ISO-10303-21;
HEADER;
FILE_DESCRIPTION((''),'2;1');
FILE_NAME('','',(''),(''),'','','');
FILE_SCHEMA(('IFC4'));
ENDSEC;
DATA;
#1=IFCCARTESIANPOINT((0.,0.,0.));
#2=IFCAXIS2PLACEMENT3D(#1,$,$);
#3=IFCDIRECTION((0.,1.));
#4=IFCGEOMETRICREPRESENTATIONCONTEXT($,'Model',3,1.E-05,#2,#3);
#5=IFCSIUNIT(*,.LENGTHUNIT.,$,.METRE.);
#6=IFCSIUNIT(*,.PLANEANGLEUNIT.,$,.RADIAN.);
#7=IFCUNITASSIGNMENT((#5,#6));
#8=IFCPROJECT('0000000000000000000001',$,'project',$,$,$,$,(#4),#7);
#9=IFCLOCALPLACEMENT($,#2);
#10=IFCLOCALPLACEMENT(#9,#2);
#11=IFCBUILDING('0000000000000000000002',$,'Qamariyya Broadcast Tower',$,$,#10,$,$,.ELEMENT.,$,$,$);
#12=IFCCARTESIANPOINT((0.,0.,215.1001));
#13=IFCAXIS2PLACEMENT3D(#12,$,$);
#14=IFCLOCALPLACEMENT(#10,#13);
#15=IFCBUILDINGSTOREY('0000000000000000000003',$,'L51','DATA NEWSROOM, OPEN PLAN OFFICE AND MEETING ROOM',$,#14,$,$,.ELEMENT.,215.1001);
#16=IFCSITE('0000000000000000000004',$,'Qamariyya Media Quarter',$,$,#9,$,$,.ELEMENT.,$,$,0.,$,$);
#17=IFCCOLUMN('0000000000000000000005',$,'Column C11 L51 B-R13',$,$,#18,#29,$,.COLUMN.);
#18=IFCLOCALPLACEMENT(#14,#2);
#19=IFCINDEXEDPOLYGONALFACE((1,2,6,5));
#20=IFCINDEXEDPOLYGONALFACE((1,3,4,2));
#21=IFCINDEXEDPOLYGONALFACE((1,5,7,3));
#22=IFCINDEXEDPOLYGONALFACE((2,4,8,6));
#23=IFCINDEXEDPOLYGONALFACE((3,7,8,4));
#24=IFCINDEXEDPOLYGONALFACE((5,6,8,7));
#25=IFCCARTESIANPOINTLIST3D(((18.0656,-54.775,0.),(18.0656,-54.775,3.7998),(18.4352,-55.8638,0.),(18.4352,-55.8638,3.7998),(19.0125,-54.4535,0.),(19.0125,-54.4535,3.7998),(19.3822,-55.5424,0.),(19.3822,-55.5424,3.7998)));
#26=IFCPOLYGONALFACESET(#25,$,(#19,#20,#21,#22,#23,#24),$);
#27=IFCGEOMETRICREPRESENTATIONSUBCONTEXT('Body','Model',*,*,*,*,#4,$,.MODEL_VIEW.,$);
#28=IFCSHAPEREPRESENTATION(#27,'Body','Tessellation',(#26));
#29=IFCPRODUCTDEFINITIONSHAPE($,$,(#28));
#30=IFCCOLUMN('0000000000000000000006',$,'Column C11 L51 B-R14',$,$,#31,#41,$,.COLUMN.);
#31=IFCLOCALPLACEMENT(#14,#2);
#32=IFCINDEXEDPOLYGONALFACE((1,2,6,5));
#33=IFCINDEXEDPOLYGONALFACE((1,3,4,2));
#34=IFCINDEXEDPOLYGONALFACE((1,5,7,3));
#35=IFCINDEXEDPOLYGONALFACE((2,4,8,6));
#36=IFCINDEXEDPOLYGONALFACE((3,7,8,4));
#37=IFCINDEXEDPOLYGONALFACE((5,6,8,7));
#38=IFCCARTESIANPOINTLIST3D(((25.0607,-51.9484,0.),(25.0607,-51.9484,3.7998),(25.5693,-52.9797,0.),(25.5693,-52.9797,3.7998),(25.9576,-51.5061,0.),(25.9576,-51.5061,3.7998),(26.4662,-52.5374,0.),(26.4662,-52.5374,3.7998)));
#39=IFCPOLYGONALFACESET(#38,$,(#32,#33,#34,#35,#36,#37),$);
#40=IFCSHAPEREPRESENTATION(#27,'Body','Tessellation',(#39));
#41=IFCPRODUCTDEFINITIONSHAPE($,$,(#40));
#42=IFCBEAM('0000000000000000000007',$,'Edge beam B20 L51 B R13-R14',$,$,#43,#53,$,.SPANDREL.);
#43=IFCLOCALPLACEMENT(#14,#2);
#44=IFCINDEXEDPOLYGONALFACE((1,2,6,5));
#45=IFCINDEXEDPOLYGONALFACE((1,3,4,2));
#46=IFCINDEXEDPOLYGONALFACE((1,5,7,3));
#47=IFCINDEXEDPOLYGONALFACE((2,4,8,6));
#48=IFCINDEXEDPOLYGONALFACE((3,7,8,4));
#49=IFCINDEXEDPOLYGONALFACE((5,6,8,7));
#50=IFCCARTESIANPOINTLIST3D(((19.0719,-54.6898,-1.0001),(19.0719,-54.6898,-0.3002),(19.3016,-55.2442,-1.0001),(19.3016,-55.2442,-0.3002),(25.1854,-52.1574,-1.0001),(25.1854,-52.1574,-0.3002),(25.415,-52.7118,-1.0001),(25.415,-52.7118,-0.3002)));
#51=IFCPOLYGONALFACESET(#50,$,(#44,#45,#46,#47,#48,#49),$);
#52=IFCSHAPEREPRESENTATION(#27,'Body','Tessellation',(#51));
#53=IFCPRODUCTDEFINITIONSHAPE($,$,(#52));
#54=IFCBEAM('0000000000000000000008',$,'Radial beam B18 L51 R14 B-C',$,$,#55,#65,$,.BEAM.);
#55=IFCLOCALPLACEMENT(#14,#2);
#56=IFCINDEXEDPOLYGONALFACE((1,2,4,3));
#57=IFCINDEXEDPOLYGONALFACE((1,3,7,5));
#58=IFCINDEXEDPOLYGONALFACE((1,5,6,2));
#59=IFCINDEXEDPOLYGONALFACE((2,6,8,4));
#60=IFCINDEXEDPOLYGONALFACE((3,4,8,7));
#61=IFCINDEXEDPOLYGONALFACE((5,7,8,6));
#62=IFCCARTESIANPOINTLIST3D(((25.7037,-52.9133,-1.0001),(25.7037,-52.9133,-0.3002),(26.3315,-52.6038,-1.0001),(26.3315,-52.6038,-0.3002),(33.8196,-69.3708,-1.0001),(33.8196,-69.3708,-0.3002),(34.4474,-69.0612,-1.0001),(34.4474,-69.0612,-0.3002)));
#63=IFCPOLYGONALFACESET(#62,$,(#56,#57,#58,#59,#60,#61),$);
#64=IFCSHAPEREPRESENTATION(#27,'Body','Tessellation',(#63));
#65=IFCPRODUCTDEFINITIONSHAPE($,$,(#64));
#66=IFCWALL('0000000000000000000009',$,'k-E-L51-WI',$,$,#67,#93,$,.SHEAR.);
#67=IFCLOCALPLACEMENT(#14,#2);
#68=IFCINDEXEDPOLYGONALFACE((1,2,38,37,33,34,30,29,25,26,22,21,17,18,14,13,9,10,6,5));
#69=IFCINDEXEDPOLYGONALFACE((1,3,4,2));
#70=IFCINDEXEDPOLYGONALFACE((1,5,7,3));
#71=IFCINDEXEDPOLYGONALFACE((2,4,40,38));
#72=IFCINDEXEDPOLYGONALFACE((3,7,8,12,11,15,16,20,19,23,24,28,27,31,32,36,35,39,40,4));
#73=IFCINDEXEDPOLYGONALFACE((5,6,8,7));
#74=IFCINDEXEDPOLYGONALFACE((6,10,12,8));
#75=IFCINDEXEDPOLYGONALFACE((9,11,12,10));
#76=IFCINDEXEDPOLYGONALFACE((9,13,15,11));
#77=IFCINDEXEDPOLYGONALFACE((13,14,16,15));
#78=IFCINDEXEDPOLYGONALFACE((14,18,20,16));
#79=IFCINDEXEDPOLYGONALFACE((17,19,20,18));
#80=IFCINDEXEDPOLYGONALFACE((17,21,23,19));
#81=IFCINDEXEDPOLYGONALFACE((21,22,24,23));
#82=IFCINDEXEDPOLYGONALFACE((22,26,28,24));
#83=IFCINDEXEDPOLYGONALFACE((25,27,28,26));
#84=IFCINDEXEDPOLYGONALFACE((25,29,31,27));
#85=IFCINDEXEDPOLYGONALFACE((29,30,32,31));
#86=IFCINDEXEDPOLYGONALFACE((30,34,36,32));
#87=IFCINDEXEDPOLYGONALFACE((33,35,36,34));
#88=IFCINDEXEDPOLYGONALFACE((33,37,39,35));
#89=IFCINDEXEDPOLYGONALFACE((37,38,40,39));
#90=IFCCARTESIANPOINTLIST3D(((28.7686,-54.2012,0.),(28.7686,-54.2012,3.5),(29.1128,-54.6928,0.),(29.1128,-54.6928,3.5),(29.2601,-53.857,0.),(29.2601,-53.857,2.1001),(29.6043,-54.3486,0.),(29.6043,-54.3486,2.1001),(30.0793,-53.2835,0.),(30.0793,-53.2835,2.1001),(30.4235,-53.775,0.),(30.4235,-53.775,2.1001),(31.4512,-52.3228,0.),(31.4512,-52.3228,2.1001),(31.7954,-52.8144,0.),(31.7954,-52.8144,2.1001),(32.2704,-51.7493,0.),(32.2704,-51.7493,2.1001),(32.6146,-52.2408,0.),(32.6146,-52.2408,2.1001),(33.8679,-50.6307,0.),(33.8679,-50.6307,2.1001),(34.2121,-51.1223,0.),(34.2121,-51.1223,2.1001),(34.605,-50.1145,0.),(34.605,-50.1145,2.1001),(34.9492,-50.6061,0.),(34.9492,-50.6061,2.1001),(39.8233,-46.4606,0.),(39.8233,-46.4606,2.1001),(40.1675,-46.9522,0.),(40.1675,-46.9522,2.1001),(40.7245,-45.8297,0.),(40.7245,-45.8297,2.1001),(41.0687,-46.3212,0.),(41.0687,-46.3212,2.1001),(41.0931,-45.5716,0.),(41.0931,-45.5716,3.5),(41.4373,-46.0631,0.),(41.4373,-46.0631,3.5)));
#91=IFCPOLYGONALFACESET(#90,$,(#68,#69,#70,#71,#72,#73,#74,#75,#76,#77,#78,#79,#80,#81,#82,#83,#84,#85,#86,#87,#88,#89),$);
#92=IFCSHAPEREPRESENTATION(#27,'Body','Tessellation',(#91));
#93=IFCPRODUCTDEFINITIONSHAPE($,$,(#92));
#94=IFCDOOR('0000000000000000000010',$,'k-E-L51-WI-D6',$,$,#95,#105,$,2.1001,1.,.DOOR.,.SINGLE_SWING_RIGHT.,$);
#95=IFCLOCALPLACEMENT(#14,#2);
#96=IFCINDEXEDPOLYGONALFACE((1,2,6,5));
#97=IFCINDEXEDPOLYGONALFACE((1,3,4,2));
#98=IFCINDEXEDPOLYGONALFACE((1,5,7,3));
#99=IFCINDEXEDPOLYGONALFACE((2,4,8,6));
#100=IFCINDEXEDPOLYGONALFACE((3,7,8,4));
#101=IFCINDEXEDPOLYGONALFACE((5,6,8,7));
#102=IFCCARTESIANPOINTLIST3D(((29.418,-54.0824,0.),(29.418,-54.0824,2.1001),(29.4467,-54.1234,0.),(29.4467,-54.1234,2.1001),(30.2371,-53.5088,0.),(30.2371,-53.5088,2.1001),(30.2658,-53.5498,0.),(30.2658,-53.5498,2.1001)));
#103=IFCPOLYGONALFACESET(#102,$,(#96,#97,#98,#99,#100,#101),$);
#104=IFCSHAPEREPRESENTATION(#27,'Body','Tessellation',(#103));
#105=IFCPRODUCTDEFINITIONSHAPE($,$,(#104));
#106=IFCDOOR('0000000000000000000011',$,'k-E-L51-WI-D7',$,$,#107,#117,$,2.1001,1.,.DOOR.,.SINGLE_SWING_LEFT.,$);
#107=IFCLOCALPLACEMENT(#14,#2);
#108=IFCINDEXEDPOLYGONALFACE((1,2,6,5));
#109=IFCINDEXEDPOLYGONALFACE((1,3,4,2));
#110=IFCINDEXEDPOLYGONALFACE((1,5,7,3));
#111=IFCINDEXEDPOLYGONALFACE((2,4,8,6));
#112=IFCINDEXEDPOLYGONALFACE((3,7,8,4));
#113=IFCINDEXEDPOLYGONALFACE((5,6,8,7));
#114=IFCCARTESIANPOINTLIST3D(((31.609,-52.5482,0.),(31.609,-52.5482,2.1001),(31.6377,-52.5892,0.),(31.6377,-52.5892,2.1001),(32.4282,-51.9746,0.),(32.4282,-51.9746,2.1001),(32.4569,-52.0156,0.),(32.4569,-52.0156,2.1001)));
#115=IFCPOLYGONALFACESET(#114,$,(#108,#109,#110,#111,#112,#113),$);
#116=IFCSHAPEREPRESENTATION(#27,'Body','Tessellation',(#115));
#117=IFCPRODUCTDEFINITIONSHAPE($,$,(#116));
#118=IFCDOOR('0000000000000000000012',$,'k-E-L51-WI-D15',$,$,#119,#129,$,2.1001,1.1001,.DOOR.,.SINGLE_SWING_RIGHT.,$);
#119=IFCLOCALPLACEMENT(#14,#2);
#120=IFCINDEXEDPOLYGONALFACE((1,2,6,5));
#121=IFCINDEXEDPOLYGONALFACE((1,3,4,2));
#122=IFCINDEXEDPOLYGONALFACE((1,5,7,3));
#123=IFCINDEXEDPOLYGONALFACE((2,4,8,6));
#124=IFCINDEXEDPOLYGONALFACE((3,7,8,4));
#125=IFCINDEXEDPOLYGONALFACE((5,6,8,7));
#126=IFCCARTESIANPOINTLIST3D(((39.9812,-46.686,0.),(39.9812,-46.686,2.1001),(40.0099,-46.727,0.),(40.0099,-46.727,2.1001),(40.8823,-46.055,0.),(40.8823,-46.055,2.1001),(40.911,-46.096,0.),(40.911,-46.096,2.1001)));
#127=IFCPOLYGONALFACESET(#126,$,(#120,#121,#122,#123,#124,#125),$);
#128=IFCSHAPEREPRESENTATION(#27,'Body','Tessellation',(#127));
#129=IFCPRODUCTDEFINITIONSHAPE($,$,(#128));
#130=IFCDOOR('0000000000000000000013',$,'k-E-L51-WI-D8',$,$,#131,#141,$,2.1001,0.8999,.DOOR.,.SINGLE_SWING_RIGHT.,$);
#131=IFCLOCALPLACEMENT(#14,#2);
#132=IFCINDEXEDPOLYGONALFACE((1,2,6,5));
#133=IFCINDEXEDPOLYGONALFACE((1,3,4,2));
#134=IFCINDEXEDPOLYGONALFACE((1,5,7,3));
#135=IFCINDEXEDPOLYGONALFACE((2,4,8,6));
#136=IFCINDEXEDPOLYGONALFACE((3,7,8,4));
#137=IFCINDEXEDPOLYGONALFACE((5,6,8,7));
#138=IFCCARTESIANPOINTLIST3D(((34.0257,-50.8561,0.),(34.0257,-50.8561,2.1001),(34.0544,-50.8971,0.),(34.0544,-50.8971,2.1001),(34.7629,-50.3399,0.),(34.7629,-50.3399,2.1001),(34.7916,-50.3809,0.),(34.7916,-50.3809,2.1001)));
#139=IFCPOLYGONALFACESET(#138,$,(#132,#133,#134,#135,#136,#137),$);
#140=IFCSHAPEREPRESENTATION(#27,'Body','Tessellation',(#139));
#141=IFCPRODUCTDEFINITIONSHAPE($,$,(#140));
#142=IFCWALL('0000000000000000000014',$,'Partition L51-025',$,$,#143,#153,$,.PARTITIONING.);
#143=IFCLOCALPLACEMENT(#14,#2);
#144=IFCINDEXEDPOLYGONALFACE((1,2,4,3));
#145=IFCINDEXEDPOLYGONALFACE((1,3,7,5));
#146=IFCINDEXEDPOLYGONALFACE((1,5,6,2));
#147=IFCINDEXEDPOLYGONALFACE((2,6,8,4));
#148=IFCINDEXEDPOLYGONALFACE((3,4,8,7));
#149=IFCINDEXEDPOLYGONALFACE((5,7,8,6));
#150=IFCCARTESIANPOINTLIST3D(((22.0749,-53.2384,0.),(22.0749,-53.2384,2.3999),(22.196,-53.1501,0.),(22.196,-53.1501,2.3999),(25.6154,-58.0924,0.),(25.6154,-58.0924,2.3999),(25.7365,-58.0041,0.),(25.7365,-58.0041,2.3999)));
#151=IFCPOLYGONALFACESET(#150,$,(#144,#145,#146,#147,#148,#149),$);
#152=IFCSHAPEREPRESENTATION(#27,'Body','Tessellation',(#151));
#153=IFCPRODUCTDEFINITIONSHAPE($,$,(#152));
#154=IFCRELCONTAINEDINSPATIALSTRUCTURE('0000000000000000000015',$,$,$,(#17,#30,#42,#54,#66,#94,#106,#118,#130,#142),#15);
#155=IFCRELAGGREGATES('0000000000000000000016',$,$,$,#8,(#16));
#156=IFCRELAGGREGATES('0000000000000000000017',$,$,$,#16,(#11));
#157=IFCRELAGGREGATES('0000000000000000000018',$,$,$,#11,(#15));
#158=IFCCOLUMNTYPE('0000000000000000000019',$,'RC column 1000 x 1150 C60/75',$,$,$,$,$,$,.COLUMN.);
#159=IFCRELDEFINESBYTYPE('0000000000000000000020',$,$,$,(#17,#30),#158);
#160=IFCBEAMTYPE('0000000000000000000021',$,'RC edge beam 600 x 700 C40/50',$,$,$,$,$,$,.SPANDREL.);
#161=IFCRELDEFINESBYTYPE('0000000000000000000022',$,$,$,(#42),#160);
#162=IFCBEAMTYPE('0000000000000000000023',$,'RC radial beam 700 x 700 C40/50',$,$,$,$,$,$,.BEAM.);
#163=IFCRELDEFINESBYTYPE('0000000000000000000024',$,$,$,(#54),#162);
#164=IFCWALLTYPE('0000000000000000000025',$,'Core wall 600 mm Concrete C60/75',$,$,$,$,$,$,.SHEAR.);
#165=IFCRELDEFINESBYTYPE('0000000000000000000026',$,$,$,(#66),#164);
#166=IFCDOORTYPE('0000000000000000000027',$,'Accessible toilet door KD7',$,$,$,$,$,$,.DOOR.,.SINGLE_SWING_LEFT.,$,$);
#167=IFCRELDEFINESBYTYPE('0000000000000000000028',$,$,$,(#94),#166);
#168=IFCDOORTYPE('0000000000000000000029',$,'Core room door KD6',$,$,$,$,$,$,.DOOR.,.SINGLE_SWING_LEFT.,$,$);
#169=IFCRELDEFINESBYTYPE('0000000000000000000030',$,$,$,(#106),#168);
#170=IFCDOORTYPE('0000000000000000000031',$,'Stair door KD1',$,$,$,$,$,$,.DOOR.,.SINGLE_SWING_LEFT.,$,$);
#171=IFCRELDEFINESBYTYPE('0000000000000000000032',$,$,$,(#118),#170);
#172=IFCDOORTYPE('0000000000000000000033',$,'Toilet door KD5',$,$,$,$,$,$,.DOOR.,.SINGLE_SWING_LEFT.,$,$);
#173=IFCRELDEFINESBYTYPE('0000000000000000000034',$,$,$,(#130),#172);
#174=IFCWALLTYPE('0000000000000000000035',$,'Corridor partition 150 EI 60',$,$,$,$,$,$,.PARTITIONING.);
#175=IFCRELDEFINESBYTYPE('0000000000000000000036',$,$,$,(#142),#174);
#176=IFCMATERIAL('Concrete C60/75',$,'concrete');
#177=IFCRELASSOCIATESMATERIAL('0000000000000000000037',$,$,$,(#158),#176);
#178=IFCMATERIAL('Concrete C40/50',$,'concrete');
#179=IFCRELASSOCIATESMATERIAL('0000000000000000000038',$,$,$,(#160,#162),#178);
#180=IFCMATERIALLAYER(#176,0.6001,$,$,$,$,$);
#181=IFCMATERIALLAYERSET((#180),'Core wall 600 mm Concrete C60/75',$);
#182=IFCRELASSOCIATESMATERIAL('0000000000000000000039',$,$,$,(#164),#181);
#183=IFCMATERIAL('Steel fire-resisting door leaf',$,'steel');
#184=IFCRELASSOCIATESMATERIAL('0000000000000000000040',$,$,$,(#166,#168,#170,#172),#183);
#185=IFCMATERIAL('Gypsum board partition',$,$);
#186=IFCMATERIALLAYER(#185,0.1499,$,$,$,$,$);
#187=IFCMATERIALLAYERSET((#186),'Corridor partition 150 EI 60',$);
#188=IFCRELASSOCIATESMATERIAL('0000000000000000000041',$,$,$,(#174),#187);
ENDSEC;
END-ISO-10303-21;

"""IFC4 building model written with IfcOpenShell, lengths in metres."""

from ifc_helpers import new_model, si_unit, direction, frame, frame_2d, origin, origin_2d, place, context, subcontext, project, spatial, rectangle, extrude, material, layer, layer_set, material_profile, profile_set, type_object, element, fill, save


model = new_model("IFC4")

# Units and contexts
model_context = context("Model", 3, precision=1e-05, world=origin(), true_north=direction((0.0, 1.0)))
body_context = subcontext(model_context, "Body", "Model", "MODEL_VIEW")
ifc_project = project(units=[si_unit("LENGTHUNIT", "METRE"), si_unit("PLANEANGLEUNIT", "RADIAN")], contexts=[model_context])

# Site, building, storey
site_placement = place(None, origin())
site = spatial("IfcSite", under=ifc_project, at=site_placement, Name="Qamariyya Media Quarter", CompositionType="ELEMENT", RefElevation=0.0)
building_placement = place(site_placement, origin())
building = spatial("IfcBuilding", under=site, at=building_placement, Name="Qamariyya Broadcast Tower", CompositionType="ELEMENT")
storey_placement = place(building_placement, frame((0.0, 0.0, 215.1001)))
storey = spatial("IfcBuildingStorey", under=building, at=storey_placement, Name="L51", Description="DATA NEWSROOM, OPEN PLAN OFFICE AND MEETING ROOM", CompositionType="ELEMENT", Elevation=215.1001)

# Columns
ifc_material_1 = material(Name="Concrete C60/75", Category="concrete")
ifc_material_profile_1 = material_profile(ifc_material_1, rectangle(XDim=1.0, YDim=1.1499, at=origin_2d()))
ifc_profile_set_1 = profile_set([ifc_material_profile_1], Name="Concrete C60/75")
column_type = type_object("IfcColumnType", Name="RC column 1000 x 1150 C60/75", PredefinedType="COLUMN", material=ifc_profile_set_1)
for number, where, z_axis, x_axis, name in (
    (1, (18.7239, -55.1587, 0.0), (0.0, 0.0, 1.0), (0.94693, 0.321439, 0.0), "Column C11 L51 B-R13"),
    (2, (25.7634, -52.2429, 0.0), (0.0, 0.0, 1.0), (0.896873, 0.442289, 0.0), "Column C11 L51 B-R14"),
):
    element("IfcColumn", number, at=place(storey_placement, frame(where, z_axis=z_axis, x_axis=x_axis)), inside=storey, type_object=column_type, Name=name, PredefinedType="COLUMN", context=body_context, shape_type="SweptSolid", body=[
        extrude(rectangle(XDim=1.0, YDim=1.1499, at=origin_2d()), origin(), (0.0, 0.0, 1.0), 3.7998),
    ])

# Beams
ifc_material_2 = material(Name="Concrete C40/50", Category="concrete")
ifc_material_profile_2 = material_profile(ifc_material_2, rectangle(XDim=0.6001, YDim=0.7, at=origin_2d()))
ifc_profile_set_2 = profile_set([ifc_material_profile_2], Name="Concrete C40/50")
beam_type_1 = type_object("IfcBeamType", Name="RC edge beam 600 x 700 C40/50", PredefinedType="SPANDREL", material=ifc_profile_set_2)
beam_1_placement = place(storey_placement, frame((19.1868, -54.967, -0.6501), z_axis=(0.923871, 0.382705, 0.0), x_axis=(-0.382705, 0.923871, 0.0)))
element("IfcBeam", 3, at=beam_1_placement, inside=storey, type_object=beam_type_1, Name="Edge beam B20 L51 B R13-R14", PredefinedType="SPANDREL", context=body_context, shape_type="SweptSolid", body=[
    extrude(rectangle(XDim=0.6001, YDim=0.7, at=origin_2d()), origin(), (0.0, 0.0, 1.0), 6.6172),
])
ifc_material_profile_3 = material_profile(ifc_material_2, rectangle(XDim=0.7, YDim=0.7, at=origin_2d()))
ifc_profile_set_3 = profile_set([ifc_material_profile_3], Name="Concrete C40/50")
beam_type_2 = type_object("IfcBeamType", Name="RC radial beam 700 x 700 C40/50", PredefinedType="BEAM", material=ifc_profile_set_3)
beam_2_placement = place(storey_placement, frame((26.0176, -52.7585, -0.6501), z_axis=(0.442289, -0.896872, 0.0), x_axis=(0.896872, 0.442289, 0.0)))
element("IfcBeam", 4, at=beam_2_placement, inside=storey, type_object=beam_type_2, Name="Radial beam B18 L51 R14 B-C", PredefinedType="BEAM", context=body_context, shape_type="SweptSolid", body=[
    extrude(rectangle(XDim=0.7, YDim=0.7, at=origin_2d()), origin(), (0.0, 0.0, 1.0), 18.3499),
])

# Wall, openings, doors
ifc_layer_1 = layer(ifc_material_1, 0.6001)
ifc_layer_set_1 = layer_set([ifc_layer_1], Name="Core wall 600 mm Concrete C60/75")
wall_type_1 = type_object("IfcWallType", Name="Core wall 600 mm Concrete C60/75", PredefinedType="SHEAR", material=ifc_layer_set_1)
wall_1_placement = place(storey_placement, frame((28.9407, -54.447, 0.0), z_axis=(0.0, 0.0, 1.0), x_axis=(0.819153, 0.573575, 0.0)))
wall_1 = element("IfcWall", 5, at=wall_1_placement, inside=storey, type_object=wall_type_1, Name="k-E-L51-WI", PredefinedType="SHEAR", context=body_context, shape_type="SweptSolid", body=[
    extrude(rectangle(XDim=15.0454, YDim=0.6001, at=frame_2d((7.5227, 0.0))), origin(), (0.0, 0.0, 1.0), 3.5),
])
opening_1_placement = place(wall_1_placement, frame((0.6001, 0.0, 0.0)))
opening_1 = element("IfcOpeningElement", 6, at=opening_1_placement, cuts=wall_1, PredefinedType="OPENING", context=body_context, shape_type="SweptSolid", body=[
    extrude(rectangle(XDim=1.0, YDim=2.1001, at=frame_2d((0.5, 1.05))), frame((0.0, 0.3101, 0.0), z_axis=(0.0, -1.0, 0.0), x_axis=(1.0, 0.0, 0.0)), (0.0, 0.0, 1.0), 0.6201),
])
opening_2_placement = place(wall_1_placement, frame((3.2749, 0.0, 0.0)))
opening_2 = element("IfcOpeningElement", 7, at=opening_2_placement, cuts=wall_1, PredefinedType="OPENING", context=body_context, shape_type="SweptSolid", body=[
    extrude(rectangle(XDim=1.0, YDim=2.1001, at=frame_2d((0.5, 1.05))), frame((0.0, 0.3101, 0.0), z_axis=(0.0, -1.0, 0.0), x_axis=(1.0, 0.0, 0.0)), (0.0, 0.0, 1.0), 0.6201),
])
opening_3_placement = place(wall_1_placement, frame((6.2251, 0.0, 0.0)))
opening_3 = element("IfcOpeningElement", 8, at=opening_3_placement, cuts=wall_1, PredefinedType="OPENING", context=body_context, shape_type="SweptSolid", body=[
    extrude(rectangle(XDim=0.8999, YDim=2.1001, at=frame_2d((0.45, 1.05))), frame((0.0, 0.3101, 0.0), z_axis=(0.0, -1.0, 0.0), x_axis=(1.0, 0.0, 0.0)), (0.0, 0.0, 1.0), 0.6201),
])
opening_4_placement = place(wall_1_placement, frame((13.4954, 0.0, 0.0)))
opening_4 = element("IfcOpeningElement", 9, at=opening_4_placement, cuts=wall_1, PredefinedType="OPENING", context=body_context, shape_type="SweptSolid", body=[
    extrude(rectangle(XDim=1.1001, YDim=2.1001, at=frame_2d((0.55, 1.05))), frame((0.0, 0.3101, 0.0), z_axis=(0.0, -1.0, 0.0), x_axis=(1.0, 0.0, 0.0)), (0.0, 0.0, 1.0), 0.6201),
])
ifc_material_3 = material(Name="Steel fire-resisting door leaf", Category="steel")
door_type_1 = type_object("IfcDoorType", Name="Accessible toilet door KD7", OperationType="SINGLE_SWING_LEFT", PredefinedType="DOOR", material=ifc_material_3)
door_1_placement = place(opening_1_placement, origin())
door_1 = element("IfcDoor", 10, at=door_1_placement, inside=storey, type_object=door_type_1, Name="k-E-L51-WI-D6", OperationType="SINGLE_SWING_RIGHT", OverallHeight=2.1001, OverallWidth=1.0, PredefinedType="DOOR", context=body_context, shape_type="SweptSolid", body=[
    extrude(rectangle(XDim=1.0, YDim=2.1001, at=frame_2d((0.5, 1.05))), frame((0.0, 0.0249, 0.0), z_axis=(0.0, -1.0, 0.0), x_axis=(1.0, 0.0, 0.0)), (0.0, 0.0, 1.0), 0.05),
])
fill(opening_1, door_1)
door_type_2 = type_object("IfcDoorType", Name="Core room door KD6", OperationType="SINGLE_SWING_LEFT", PredefinedType="DOOR", material=ifc_material_3)
door_2_placement = place(opening_2_placement, origin())
door_2 = element("IfcDoor", 11, at=door_2_placement, inside=storey, type_object=door_type_2, Name="k-E-L51-WI-D7", OperationType="SINGLE_SWING_LEFT", OverallHeight=2.1001, OverallWidth=1.0, PredefinedType="DOOR", context=body_context, shape_type="SweptSolid", body=[
    extrude(rectangle(XDim=1.0, YDim=2.1001, at=frame_2d((0.5, 1.05))), frame((0.0, 0.0249, 0.0), z_axis=(0.0, -1.0, 0.0), x_axis=(1.0, 0.0, 0.0)), (0.0, 0.0, 1.0), 0.05),
])
fill(opening_2, door_2)
door_type_3 = type_object("IfcDoorType", Name="Stair door KD1", OperationType="SINGLE_SWING_LEFT", PredefinedType="DOOR", material=ifc_material_3)
door_3_placement = place(opening_4_placement, origin())
door_3 = element("IfcDoor", 12, at=door_3_placement, inside=storey, type_object=door_type_3, Name="k-E-L51-WI-D15", OperationType="SINGLE_SWING_RIGHT", OverallHeight=2.1001, OverallWidth=1.1001, PredefinedType="DOOR", context=body_context, shape_type="SweptSolid", body=[
    extrude(rectangle(XDim=1.1001, YDim=2.1001, at=frame_2d((0.55, 1.05))), frame((0.0, 0.0249, 0.0), z_axis=(0.0, -1.0, 0.0), x_axis=(1.0, 0.0, 0.0)), (0.0, 0.0, 1.0), 0.05),
])
fill(opening_4, door_3)
door_type_4 = type_object("IfcDoorType", Name="Toilet door KD5", OperationType="SINGLE_SWING_LEFT", PredefinedType="DOOR", material=ifc_material_3)
door_4_placement = place(opening_3_placement, origin())
door_4 = element("IfcDoor", 13, at=door_4_placement, inside=storey, type_object=door_type_4, Name="k-E-L51-WI-D8", OperationType="SINGLE_SWING_RIGHT", OverallHeight=2.1001, OverallWidth=0.8999, PredefinedType="DOOR", context=body_context, shape_type="SweptSolid", body=[
    extrude(rectangle(XDim=0.8999, YDim=2.1001, at=frame_2d((0.45, 1.05))), frame((0.0, 0.0249, 0.0), z_axis=(0.0, -1.0, 0.0), x_axis=(1.0, 0.0, 0.0)), (0.0, 0.0, 1.0), 0.05),
])
fill(opening_3, door_4)

# Wall
ifc_material_4 = material(Name="Gypsum board partition")
ifc_layer_2 = layer(ifc_material_4, 0.1499)
ifc_layer_set_2 = layer_set([ifc_layer_2], Name="Corridor partition 150 EI 60")
wall_type_2 = type_object("IfcWallType", Name="Corridor partition 150 EI 60", PredefinedType="PARTITIONING", material=ifc_layer_set_2)
wall_2_placement = place(storey_placement, frame((22.1355, -53.1943, 0.0), z_axis=(0.0, 0.0, 1.0), x_axis=(0.589297, -0.807916, 0.0)))
element("IfcWall", 14, at=wall_2_placement, inside=storey, type_object=wall_type_2, Name="Partition L51-025", PredefinedType="PARTITIONING", context=body_context, shape_type="SweptSolid", body=[
    extrude(rectangle(XDim=6.0081, YDim=0.1499, at=frame_2d((3.0039, 0.0))), origin(), (0.0, 0.0, 1.0), 2.3999),
])

save(model, "model.ifc")
